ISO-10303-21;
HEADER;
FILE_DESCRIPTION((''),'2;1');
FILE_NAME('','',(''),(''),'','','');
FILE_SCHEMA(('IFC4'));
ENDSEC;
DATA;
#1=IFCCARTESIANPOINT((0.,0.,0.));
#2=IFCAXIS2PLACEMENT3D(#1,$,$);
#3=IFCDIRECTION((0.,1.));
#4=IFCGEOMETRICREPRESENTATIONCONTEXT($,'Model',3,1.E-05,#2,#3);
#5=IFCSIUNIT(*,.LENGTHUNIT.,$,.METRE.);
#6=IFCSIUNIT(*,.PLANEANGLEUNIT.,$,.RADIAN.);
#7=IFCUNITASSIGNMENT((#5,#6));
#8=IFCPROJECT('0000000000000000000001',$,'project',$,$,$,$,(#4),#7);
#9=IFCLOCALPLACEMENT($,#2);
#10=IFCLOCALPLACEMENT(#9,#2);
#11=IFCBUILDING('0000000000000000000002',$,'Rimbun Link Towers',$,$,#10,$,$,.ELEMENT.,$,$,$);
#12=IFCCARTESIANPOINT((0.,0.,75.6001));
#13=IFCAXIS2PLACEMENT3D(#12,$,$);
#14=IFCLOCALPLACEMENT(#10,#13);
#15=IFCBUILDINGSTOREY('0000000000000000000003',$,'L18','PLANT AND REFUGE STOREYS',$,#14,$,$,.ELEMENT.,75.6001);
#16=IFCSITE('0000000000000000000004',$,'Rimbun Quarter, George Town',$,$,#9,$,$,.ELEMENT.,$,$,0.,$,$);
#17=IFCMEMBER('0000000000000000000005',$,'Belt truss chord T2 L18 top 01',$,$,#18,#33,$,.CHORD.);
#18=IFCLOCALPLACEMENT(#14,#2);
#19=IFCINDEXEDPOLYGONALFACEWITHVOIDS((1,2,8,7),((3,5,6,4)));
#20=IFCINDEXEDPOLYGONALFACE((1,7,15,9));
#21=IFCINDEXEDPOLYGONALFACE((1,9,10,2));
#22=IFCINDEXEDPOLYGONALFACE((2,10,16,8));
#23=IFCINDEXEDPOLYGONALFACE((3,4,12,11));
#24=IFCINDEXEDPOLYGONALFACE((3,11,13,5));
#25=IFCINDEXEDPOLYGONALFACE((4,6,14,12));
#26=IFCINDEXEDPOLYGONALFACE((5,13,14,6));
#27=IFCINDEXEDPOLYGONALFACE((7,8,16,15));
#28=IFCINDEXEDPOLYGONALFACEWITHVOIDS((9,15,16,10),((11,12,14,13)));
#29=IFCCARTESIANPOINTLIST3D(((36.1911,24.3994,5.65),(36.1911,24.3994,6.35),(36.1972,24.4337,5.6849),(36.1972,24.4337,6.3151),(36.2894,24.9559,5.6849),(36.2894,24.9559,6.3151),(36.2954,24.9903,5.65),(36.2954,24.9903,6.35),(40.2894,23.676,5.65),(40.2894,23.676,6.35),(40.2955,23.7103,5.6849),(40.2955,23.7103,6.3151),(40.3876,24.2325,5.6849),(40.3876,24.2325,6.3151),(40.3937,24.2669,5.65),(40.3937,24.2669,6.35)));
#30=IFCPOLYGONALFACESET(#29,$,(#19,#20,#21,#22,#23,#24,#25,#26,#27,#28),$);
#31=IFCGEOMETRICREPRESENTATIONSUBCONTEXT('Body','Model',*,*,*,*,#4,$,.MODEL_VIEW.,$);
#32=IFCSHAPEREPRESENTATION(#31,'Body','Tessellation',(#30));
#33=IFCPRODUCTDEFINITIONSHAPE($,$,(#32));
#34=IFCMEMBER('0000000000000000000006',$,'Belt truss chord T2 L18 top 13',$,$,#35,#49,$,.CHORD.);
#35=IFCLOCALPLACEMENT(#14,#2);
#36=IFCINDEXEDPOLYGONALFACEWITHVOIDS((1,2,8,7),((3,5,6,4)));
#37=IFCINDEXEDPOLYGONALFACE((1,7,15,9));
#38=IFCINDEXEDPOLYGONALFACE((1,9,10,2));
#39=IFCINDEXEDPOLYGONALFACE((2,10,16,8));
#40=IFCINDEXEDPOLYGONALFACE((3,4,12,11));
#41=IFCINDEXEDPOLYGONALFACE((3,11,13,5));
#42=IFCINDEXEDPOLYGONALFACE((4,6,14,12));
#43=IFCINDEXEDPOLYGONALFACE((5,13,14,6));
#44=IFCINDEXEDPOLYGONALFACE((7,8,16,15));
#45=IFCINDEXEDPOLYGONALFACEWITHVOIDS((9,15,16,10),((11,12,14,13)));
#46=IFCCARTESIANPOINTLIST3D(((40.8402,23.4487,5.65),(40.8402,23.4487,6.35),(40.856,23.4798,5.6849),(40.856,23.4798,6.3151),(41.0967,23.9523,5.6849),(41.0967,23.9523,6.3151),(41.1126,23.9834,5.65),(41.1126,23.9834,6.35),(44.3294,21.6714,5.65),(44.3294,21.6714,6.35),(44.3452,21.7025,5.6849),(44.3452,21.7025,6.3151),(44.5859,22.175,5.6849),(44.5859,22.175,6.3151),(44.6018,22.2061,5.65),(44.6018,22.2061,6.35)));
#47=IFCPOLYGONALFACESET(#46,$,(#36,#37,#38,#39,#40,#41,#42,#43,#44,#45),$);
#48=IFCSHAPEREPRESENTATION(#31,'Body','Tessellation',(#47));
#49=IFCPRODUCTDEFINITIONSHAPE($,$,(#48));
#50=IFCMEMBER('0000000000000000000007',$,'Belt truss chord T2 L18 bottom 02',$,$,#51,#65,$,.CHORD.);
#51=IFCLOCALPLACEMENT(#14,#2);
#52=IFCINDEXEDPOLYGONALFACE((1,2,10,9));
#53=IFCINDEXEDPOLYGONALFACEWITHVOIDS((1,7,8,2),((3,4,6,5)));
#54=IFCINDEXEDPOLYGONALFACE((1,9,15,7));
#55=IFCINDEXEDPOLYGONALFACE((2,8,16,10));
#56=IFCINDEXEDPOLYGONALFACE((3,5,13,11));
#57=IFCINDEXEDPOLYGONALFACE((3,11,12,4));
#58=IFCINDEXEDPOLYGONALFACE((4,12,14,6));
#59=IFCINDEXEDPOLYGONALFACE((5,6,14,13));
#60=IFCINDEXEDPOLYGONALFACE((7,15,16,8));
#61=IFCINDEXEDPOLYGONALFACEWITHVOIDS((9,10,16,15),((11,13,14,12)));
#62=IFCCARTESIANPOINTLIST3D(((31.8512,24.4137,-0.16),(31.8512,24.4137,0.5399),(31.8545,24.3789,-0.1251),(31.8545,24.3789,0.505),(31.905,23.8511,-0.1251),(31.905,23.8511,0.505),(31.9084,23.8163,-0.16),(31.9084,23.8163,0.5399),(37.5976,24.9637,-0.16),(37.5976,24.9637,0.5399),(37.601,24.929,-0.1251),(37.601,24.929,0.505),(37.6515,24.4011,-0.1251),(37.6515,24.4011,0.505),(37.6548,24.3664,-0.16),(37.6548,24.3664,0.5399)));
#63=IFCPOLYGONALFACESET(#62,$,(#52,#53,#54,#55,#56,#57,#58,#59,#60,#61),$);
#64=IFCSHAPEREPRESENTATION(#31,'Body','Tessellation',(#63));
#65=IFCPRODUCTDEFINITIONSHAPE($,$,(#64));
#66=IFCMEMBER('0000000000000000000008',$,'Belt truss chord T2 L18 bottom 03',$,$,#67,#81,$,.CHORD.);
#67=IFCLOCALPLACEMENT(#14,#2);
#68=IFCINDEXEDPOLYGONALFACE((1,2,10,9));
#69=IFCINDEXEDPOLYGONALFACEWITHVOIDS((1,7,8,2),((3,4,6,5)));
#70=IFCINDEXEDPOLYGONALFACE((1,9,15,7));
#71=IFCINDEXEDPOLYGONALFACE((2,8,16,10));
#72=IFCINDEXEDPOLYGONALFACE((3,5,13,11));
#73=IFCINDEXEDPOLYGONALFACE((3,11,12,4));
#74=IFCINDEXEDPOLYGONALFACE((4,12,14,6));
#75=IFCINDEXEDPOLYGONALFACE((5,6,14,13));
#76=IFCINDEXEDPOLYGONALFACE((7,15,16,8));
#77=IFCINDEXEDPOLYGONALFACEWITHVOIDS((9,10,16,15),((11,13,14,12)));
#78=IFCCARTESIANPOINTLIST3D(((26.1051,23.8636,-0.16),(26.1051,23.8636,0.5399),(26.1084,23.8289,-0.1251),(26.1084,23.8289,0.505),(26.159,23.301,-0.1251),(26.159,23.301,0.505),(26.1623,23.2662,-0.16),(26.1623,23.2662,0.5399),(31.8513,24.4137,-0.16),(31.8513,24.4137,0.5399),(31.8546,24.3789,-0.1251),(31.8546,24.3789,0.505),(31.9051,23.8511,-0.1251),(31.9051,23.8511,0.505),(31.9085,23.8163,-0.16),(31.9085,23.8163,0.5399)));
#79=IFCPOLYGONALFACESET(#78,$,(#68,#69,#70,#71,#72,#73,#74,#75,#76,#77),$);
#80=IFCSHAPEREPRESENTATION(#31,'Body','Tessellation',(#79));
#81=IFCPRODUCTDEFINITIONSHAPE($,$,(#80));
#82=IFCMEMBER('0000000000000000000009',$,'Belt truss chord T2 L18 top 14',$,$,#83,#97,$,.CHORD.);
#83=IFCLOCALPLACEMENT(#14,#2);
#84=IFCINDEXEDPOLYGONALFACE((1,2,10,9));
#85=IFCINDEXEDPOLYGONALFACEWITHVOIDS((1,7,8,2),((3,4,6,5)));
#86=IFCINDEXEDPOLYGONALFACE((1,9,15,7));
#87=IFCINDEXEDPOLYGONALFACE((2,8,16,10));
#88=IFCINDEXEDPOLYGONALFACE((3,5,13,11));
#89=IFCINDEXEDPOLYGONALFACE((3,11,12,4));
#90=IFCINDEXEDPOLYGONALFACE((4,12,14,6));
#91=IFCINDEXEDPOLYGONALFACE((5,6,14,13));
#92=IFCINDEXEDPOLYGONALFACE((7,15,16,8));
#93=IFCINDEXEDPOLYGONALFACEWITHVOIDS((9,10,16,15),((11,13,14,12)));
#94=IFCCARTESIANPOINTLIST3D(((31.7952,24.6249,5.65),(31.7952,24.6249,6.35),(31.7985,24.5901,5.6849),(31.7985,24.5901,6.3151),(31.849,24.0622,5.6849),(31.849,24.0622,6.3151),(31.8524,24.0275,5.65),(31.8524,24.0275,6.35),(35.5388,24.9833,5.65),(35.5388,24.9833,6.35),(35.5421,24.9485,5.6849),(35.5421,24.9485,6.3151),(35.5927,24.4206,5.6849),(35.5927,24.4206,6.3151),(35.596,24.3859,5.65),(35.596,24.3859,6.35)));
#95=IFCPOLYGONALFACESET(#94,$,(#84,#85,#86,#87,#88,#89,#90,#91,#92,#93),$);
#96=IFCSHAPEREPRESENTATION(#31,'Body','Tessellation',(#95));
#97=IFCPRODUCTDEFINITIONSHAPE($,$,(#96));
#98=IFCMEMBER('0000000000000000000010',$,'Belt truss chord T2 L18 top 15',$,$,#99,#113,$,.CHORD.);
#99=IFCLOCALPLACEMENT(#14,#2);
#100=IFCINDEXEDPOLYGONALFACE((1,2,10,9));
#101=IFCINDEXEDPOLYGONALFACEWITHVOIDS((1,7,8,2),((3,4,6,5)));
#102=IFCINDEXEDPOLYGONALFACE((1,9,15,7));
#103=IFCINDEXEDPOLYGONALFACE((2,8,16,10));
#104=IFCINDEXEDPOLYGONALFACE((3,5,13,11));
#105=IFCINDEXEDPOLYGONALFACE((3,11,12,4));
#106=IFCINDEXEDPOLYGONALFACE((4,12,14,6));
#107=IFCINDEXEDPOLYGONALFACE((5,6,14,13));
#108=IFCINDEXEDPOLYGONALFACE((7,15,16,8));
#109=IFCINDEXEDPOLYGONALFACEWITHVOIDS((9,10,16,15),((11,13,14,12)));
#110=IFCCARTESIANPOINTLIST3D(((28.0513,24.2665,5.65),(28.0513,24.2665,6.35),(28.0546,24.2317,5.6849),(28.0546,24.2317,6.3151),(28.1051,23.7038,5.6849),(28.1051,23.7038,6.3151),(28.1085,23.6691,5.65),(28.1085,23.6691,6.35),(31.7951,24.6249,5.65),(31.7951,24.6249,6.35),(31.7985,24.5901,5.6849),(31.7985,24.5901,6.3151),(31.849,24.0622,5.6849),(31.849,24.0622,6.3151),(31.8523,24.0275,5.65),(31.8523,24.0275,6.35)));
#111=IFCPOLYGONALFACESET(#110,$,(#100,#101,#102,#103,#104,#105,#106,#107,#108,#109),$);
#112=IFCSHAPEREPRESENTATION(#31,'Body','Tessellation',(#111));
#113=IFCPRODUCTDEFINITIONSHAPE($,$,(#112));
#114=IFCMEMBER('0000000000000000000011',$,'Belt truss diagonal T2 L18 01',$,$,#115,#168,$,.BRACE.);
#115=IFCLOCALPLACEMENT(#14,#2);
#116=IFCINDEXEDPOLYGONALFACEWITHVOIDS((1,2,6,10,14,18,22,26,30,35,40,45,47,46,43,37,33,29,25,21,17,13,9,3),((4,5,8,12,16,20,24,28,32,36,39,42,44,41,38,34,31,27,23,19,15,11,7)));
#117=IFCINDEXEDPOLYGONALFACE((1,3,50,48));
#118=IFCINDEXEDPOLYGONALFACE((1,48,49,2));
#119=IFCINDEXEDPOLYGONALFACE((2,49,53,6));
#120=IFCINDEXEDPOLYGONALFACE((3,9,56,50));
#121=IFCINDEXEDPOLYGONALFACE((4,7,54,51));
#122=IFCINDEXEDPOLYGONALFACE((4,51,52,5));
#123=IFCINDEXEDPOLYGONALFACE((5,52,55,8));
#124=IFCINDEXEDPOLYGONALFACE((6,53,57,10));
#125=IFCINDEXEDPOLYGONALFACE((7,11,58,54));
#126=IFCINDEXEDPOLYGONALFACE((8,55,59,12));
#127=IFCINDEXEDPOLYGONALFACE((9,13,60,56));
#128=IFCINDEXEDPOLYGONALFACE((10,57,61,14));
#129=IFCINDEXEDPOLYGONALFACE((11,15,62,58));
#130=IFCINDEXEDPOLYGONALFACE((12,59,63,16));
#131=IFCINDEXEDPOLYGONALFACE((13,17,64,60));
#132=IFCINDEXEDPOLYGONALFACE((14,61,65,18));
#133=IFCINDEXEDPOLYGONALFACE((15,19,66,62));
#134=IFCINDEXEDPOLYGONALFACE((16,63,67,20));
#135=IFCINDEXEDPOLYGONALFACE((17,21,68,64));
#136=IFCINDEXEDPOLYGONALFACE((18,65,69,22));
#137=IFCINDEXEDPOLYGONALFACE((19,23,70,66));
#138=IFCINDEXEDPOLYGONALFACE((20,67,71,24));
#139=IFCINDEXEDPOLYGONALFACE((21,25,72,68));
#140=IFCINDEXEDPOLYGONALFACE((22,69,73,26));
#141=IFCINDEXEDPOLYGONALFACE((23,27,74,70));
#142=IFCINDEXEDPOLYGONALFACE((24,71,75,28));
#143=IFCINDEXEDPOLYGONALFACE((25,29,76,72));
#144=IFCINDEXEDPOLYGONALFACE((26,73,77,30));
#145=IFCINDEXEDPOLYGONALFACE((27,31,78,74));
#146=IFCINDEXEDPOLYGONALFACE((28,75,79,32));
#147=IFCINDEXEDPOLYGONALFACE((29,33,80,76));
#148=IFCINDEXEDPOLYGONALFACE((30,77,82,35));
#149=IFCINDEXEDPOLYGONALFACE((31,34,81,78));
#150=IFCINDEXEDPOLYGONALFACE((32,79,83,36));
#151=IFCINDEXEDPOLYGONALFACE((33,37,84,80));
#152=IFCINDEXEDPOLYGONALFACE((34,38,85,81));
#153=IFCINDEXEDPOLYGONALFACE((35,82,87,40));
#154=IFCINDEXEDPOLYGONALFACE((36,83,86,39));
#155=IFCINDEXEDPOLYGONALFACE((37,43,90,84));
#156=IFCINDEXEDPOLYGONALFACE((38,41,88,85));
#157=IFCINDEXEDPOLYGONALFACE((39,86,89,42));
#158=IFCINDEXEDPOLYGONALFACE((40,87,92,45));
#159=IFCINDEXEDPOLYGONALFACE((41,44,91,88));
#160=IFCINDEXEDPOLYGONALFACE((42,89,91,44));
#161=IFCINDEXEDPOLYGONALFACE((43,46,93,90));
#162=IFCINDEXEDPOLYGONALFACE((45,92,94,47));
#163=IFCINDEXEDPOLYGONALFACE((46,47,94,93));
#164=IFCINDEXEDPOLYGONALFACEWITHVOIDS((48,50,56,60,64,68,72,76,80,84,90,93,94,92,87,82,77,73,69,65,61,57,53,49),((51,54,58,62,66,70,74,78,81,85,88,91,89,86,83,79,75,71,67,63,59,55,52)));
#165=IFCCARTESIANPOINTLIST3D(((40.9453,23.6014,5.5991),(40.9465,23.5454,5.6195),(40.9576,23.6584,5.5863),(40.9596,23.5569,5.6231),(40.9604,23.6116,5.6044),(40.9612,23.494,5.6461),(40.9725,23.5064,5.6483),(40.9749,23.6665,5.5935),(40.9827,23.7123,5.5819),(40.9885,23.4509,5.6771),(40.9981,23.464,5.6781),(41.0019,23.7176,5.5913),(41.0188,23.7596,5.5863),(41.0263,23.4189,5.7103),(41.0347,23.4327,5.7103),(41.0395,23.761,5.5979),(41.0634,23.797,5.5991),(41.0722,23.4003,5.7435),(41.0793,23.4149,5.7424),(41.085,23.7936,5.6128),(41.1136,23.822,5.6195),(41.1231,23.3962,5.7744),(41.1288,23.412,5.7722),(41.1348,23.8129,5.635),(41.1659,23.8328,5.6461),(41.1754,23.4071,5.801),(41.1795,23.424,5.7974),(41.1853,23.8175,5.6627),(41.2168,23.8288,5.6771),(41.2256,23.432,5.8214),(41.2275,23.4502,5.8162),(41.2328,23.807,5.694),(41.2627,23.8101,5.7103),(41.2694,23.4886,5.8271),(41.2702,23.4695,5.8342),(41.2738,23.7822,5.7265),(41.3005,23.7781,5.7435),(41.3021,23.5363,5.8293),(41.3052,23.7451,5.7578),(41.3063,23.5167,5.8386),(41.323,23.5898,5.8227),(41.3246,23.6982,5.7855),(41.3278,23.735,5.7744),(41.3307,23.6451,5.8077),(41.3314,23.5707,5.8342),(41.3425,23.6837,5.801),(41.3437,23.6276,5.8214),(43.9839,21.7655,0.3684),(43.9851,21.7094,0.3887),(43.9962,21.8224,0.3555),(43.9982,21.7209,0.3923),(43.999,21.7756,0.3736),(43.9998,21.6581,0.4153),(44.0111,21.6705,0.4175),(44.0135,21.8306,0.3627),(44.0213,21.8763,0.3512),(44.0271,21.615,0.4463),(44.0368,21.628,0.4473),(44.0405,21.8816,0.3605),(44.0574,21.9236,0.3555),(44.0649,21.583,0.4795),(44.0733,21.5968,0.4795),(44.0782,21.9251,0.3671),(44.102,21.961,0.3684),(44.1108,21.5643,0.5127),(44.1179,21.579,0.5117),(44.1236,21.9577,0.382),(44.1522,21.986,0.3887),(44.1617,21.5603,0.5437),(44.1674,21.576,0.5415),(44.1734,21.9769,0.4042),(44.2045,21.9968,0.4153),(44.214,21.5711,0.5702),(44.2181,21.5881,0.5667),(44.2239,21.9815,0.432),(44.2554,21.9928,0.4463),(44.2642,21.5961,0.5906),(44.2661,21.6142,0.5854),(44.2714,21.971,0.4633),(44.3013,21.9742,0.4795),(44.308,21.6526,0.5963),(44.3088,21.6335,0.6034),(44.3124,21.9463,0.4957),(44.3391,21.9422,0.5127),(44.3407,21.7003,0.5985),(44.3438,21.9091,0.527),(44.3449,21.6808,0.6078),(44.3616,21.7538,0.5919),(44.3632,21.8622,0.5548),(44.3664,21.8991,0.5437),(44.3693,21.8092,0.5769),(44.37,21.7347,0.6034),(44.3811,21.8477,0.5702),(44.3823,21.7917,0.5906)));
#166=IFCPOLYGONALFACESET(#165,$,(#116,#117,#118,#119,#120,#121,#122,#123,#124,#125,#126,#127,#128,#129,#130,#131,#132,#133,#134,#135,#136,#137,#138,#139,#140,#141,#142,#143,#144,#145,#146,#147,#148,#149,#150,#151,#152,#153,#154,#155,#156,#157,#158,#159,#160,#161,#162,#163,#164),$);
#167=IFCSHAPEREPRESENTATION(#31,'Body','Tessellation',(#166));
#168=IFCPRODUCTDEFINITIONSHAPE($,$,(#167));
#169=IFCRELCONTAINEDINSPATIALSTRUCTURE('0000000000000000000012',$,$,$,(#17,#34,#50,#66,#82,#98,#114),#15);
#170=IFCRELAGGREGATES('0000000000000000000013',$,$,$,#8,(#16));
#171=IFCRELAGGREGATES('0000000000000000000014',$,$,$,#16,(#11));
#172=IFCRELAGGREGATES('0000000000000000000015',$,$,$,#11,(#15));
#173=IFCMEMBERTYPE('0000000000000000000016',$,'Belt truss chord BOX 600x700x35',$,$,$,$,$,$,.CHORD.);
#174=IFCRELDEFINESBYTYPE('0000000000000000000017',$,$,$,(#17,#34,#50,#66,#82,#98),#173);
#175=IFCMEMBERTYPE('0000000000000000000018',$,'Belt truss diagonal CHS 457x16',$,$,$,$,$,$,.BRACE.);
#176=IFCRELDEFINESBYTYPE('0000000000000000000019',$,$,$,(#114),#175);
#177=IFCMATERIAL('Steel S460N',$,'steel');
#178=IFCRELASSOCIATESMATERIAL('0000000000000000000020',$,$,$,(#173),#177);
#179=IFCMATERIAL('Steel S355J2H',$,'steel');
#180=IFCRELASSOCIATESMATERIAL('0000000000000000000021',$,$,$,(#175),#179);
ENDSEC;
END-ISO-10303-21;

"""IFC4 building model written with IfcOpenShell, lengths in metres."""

from ifc_helpers import new_model, si_unit, direction, frame, origin, origin_2d, place, context, subcontext, project, spatial, hollow_rectangle, hollow_circle, extrude, material, material_profile, profile_set, type_object, element, save


model = new_model("IFC4")

# Units and contexts
model_context = context("Model", 3, precision=1e-05, world=origin(), true_north=direction((0.0, 1.0)))
body_context = subcontext(model_context, "Body", "Model", "MODEL_VIEW")
ifc_project = project(units=[si_unit("LENGTHUNIT", "METRE"), si_unit("PLANEANGLEUNIT", "RADIAN")], contexts=[model_context])

# Site, building, storey
site_placement = place(None, origin())
site = spatial("IfcSite", under=ifc_project, at=site_placement, Name="Rimbun Quarter, George Town", CompositionType="ELEMENT", RefElevation=0.0)
building_placement = place(site_placement, origin())
building = spatial("IfcBuilding", under=site, at=building_placement, Name="Rimbun Link Towers", CompositionType="ELEMENT")
storey_placement = place(building_placement, frame((0.0, 0.0, 75.6001)))
storey = spatial("IfcBuildingStorey", under=building, at=storey_placement, Name="L18", Description="PLANT AND REFUGE STOREYS", CompositionType="ELEMENT", Elevation=75.6001)

# Members
ifc_material_1 = material(Name="Steel S460N", Category="steel")
ifc_material_profile_1 = material_profile(ifc_material_1, hollow_rectangle(XDim=0.6001, YDim=0.7, WallThickness=0.0349, at=origin_2d()), Name="Belt truss chord BOX 600x700x35")
ifc_profile_set_1 = profile_set([ifc_material_profile_1], Name="Steel S460N")
member_type_1 = type_object("IfcMemberType", Name="Belt truss chord BOX 600x700x35", PredefinedType="CHORD", material=ifc_profile_set_1)
member_1_placement = place(storey_placement, frame((40.3416, 23.9714, 6.0), z_axis=(-0.984776, 0.173829, 0.0), x_axis=(-0.173829, -0.984776, 0.0)))
element("IfcMember", 1, at=member_1_placement, inside=storey, type_object=member_type_1, Name="Belt truss chord T2 L18 top 01", PredefinedType="CHORD", context=body_context, shape_type="SweptSolid", body=[
    extrude(hollow_rectangle(XDim=0.6001, YDim=0.7, WallThickness=0.0349, at=origin_2d()), origin(), (0.0, 0.0, 1.0), 4.1616),
])
member_2_placement = place(storey_placement, frame((44.4656, 21.9387, 6.0), z_axis=(-0.89106, 0.453885, 0.0), x_axis=(-0.453885, -0.89106, 0.0)))
element("IfcMember", 2, at=member_2_placement, inside=storey, type_object=member_type_1, Name="Belt truss chord T2 L18 top 13", PredefinedType="CHORD", context=body_context, shape_type="SweptSolid", body=[
    extrude(hollow_rectangle(XDim=0.6001, YDim=0.7, WallThickness=0.0349, at=origin_2d()), origin(), (0.0, 0.0, 1.0), 3.9158),
])
member_3_placement = place(storey_placement, frame((37.6262, 24.665, 0.1899), z_axis=(-0.99545, -0.095286, 0.0), x_axis=(0.095286, -0.99545, 0.0)))
element("IfcMember", 3, at=member_3_placement, inside=storey, type_object=member_type_1, Name="Belt truss chord T2 L18 bottom 02", PredefinedType="CHORD", context=body_context, shape_type="SweptSolid", body=[
    extrude(hollow_rectangle(XDim=0.6001, YDim=0.7, WallThickness=0.0349, at=origin_2d()), origin(), (0.0, 0.0, 1.0), 5.7727),
])
member_4_placement = place(storey_placement, frame((31.8799, 24.115, 0.1899), z_axis=(-0.99545, -0.09529, 0.0), x_axis=(0.09529, -0.99545, 0.0)))
element("IfcMember", 4, at=member_4_placement, inside=storey, type_object=member_type_1, Name="Belt truss chord T2 L18 bottom 03", PredefinedType="CHORD", context=body_context, shape_type="SweptSolid", body=[
    extrude(hollow_rectangle(XDim=0.6001, YDim=0.7, WallThickness=0.0349, at=origin_2d()), origin(), (0.0, 0.0, 1.0), 5.7725),
])
member_5_placement = place(storey_placement, frame((35.5674, 24.6846, 6.0), z_axis=(-0.995449, -0.095299, 0.0), x_axis=(0.095299, -0.995449, 0.0)))
element("IfcMember", 5, at=member_5_placement, inside=storey, type_object=member_type_1, Name="Belt truss chord T2 L18 top 14", PredefinedType="CHORD", context=body_context, shape_type="SweptSolid", body=[
    extrude(hollow_rectangle(XDim=0.6001, YDim=0.7, WallThickness=0.0349, at=origin_2d()), origin(), (0.0, 0.0, 1.0), 3.7607),
])
member_6_placement = place(storey_placement, frame((31.8237, 24.3262, 6.0), z_axis=(-0.995449, -0.095293, 0.0), x_axis=(0.095293, -0.995449, 0.0)))
element("IfcMember", 6, at=member_6_placement, inside=storey, type_object=member_type_1, Name="Belt truss chord T2 L18 top 15", PredefinedType="CHORD", context=body_context, shape_type="SweptSolid", body=[
    extrude(hollow_rectangle(XDim=0.6001, YDim=0.7, WallThickness=0.0349, at=origin_2d()), origin(), (0.0, 0.0, 1.0), 3.761),
])
ifc_material_2 = material(Name="Steel S355J2H", Category="steel")
ifc_material_profile_2 = material_profile(ifc_material_2, hollow_circle(Radius=0.2285, WallThickness=0.0161, at=origin_2d()), Name="Belt truss diagonal CHS 457x16")
ifc_profile_set_2 = profile_set([ifc_material_profile_2], Name="Steel S355J2H")
member_type_2 = type_object("IfcMemberType", Name="Belt truss diagonal CHS 457x16", PredefinedType="BRACE", material=ifc_profile_set_2)
member_7_placement = place(storey_placement, frame((44.1831, 21.7786, 0.4795), z_axis=(-0.480657, 0.290418, 0.827421), x_axis=(-0.517143, -0.855899, 0.0)))
element("IfcMember", 7, at=member_7_placement, inside=storey, type_object=member_type_2, Name="Belt truss diagonal T2 L18 01", PredefinedType="BRACE", context=body_context, shape_type="SweptSolid", body=[
    extrude(hollow_circle(Radius=0.2285, WallThickness=0.0161, at=origin_2d()), origin(), (0.0, 0.0, 1.0), 6.3218),
])

save(model, "model.ifc")
